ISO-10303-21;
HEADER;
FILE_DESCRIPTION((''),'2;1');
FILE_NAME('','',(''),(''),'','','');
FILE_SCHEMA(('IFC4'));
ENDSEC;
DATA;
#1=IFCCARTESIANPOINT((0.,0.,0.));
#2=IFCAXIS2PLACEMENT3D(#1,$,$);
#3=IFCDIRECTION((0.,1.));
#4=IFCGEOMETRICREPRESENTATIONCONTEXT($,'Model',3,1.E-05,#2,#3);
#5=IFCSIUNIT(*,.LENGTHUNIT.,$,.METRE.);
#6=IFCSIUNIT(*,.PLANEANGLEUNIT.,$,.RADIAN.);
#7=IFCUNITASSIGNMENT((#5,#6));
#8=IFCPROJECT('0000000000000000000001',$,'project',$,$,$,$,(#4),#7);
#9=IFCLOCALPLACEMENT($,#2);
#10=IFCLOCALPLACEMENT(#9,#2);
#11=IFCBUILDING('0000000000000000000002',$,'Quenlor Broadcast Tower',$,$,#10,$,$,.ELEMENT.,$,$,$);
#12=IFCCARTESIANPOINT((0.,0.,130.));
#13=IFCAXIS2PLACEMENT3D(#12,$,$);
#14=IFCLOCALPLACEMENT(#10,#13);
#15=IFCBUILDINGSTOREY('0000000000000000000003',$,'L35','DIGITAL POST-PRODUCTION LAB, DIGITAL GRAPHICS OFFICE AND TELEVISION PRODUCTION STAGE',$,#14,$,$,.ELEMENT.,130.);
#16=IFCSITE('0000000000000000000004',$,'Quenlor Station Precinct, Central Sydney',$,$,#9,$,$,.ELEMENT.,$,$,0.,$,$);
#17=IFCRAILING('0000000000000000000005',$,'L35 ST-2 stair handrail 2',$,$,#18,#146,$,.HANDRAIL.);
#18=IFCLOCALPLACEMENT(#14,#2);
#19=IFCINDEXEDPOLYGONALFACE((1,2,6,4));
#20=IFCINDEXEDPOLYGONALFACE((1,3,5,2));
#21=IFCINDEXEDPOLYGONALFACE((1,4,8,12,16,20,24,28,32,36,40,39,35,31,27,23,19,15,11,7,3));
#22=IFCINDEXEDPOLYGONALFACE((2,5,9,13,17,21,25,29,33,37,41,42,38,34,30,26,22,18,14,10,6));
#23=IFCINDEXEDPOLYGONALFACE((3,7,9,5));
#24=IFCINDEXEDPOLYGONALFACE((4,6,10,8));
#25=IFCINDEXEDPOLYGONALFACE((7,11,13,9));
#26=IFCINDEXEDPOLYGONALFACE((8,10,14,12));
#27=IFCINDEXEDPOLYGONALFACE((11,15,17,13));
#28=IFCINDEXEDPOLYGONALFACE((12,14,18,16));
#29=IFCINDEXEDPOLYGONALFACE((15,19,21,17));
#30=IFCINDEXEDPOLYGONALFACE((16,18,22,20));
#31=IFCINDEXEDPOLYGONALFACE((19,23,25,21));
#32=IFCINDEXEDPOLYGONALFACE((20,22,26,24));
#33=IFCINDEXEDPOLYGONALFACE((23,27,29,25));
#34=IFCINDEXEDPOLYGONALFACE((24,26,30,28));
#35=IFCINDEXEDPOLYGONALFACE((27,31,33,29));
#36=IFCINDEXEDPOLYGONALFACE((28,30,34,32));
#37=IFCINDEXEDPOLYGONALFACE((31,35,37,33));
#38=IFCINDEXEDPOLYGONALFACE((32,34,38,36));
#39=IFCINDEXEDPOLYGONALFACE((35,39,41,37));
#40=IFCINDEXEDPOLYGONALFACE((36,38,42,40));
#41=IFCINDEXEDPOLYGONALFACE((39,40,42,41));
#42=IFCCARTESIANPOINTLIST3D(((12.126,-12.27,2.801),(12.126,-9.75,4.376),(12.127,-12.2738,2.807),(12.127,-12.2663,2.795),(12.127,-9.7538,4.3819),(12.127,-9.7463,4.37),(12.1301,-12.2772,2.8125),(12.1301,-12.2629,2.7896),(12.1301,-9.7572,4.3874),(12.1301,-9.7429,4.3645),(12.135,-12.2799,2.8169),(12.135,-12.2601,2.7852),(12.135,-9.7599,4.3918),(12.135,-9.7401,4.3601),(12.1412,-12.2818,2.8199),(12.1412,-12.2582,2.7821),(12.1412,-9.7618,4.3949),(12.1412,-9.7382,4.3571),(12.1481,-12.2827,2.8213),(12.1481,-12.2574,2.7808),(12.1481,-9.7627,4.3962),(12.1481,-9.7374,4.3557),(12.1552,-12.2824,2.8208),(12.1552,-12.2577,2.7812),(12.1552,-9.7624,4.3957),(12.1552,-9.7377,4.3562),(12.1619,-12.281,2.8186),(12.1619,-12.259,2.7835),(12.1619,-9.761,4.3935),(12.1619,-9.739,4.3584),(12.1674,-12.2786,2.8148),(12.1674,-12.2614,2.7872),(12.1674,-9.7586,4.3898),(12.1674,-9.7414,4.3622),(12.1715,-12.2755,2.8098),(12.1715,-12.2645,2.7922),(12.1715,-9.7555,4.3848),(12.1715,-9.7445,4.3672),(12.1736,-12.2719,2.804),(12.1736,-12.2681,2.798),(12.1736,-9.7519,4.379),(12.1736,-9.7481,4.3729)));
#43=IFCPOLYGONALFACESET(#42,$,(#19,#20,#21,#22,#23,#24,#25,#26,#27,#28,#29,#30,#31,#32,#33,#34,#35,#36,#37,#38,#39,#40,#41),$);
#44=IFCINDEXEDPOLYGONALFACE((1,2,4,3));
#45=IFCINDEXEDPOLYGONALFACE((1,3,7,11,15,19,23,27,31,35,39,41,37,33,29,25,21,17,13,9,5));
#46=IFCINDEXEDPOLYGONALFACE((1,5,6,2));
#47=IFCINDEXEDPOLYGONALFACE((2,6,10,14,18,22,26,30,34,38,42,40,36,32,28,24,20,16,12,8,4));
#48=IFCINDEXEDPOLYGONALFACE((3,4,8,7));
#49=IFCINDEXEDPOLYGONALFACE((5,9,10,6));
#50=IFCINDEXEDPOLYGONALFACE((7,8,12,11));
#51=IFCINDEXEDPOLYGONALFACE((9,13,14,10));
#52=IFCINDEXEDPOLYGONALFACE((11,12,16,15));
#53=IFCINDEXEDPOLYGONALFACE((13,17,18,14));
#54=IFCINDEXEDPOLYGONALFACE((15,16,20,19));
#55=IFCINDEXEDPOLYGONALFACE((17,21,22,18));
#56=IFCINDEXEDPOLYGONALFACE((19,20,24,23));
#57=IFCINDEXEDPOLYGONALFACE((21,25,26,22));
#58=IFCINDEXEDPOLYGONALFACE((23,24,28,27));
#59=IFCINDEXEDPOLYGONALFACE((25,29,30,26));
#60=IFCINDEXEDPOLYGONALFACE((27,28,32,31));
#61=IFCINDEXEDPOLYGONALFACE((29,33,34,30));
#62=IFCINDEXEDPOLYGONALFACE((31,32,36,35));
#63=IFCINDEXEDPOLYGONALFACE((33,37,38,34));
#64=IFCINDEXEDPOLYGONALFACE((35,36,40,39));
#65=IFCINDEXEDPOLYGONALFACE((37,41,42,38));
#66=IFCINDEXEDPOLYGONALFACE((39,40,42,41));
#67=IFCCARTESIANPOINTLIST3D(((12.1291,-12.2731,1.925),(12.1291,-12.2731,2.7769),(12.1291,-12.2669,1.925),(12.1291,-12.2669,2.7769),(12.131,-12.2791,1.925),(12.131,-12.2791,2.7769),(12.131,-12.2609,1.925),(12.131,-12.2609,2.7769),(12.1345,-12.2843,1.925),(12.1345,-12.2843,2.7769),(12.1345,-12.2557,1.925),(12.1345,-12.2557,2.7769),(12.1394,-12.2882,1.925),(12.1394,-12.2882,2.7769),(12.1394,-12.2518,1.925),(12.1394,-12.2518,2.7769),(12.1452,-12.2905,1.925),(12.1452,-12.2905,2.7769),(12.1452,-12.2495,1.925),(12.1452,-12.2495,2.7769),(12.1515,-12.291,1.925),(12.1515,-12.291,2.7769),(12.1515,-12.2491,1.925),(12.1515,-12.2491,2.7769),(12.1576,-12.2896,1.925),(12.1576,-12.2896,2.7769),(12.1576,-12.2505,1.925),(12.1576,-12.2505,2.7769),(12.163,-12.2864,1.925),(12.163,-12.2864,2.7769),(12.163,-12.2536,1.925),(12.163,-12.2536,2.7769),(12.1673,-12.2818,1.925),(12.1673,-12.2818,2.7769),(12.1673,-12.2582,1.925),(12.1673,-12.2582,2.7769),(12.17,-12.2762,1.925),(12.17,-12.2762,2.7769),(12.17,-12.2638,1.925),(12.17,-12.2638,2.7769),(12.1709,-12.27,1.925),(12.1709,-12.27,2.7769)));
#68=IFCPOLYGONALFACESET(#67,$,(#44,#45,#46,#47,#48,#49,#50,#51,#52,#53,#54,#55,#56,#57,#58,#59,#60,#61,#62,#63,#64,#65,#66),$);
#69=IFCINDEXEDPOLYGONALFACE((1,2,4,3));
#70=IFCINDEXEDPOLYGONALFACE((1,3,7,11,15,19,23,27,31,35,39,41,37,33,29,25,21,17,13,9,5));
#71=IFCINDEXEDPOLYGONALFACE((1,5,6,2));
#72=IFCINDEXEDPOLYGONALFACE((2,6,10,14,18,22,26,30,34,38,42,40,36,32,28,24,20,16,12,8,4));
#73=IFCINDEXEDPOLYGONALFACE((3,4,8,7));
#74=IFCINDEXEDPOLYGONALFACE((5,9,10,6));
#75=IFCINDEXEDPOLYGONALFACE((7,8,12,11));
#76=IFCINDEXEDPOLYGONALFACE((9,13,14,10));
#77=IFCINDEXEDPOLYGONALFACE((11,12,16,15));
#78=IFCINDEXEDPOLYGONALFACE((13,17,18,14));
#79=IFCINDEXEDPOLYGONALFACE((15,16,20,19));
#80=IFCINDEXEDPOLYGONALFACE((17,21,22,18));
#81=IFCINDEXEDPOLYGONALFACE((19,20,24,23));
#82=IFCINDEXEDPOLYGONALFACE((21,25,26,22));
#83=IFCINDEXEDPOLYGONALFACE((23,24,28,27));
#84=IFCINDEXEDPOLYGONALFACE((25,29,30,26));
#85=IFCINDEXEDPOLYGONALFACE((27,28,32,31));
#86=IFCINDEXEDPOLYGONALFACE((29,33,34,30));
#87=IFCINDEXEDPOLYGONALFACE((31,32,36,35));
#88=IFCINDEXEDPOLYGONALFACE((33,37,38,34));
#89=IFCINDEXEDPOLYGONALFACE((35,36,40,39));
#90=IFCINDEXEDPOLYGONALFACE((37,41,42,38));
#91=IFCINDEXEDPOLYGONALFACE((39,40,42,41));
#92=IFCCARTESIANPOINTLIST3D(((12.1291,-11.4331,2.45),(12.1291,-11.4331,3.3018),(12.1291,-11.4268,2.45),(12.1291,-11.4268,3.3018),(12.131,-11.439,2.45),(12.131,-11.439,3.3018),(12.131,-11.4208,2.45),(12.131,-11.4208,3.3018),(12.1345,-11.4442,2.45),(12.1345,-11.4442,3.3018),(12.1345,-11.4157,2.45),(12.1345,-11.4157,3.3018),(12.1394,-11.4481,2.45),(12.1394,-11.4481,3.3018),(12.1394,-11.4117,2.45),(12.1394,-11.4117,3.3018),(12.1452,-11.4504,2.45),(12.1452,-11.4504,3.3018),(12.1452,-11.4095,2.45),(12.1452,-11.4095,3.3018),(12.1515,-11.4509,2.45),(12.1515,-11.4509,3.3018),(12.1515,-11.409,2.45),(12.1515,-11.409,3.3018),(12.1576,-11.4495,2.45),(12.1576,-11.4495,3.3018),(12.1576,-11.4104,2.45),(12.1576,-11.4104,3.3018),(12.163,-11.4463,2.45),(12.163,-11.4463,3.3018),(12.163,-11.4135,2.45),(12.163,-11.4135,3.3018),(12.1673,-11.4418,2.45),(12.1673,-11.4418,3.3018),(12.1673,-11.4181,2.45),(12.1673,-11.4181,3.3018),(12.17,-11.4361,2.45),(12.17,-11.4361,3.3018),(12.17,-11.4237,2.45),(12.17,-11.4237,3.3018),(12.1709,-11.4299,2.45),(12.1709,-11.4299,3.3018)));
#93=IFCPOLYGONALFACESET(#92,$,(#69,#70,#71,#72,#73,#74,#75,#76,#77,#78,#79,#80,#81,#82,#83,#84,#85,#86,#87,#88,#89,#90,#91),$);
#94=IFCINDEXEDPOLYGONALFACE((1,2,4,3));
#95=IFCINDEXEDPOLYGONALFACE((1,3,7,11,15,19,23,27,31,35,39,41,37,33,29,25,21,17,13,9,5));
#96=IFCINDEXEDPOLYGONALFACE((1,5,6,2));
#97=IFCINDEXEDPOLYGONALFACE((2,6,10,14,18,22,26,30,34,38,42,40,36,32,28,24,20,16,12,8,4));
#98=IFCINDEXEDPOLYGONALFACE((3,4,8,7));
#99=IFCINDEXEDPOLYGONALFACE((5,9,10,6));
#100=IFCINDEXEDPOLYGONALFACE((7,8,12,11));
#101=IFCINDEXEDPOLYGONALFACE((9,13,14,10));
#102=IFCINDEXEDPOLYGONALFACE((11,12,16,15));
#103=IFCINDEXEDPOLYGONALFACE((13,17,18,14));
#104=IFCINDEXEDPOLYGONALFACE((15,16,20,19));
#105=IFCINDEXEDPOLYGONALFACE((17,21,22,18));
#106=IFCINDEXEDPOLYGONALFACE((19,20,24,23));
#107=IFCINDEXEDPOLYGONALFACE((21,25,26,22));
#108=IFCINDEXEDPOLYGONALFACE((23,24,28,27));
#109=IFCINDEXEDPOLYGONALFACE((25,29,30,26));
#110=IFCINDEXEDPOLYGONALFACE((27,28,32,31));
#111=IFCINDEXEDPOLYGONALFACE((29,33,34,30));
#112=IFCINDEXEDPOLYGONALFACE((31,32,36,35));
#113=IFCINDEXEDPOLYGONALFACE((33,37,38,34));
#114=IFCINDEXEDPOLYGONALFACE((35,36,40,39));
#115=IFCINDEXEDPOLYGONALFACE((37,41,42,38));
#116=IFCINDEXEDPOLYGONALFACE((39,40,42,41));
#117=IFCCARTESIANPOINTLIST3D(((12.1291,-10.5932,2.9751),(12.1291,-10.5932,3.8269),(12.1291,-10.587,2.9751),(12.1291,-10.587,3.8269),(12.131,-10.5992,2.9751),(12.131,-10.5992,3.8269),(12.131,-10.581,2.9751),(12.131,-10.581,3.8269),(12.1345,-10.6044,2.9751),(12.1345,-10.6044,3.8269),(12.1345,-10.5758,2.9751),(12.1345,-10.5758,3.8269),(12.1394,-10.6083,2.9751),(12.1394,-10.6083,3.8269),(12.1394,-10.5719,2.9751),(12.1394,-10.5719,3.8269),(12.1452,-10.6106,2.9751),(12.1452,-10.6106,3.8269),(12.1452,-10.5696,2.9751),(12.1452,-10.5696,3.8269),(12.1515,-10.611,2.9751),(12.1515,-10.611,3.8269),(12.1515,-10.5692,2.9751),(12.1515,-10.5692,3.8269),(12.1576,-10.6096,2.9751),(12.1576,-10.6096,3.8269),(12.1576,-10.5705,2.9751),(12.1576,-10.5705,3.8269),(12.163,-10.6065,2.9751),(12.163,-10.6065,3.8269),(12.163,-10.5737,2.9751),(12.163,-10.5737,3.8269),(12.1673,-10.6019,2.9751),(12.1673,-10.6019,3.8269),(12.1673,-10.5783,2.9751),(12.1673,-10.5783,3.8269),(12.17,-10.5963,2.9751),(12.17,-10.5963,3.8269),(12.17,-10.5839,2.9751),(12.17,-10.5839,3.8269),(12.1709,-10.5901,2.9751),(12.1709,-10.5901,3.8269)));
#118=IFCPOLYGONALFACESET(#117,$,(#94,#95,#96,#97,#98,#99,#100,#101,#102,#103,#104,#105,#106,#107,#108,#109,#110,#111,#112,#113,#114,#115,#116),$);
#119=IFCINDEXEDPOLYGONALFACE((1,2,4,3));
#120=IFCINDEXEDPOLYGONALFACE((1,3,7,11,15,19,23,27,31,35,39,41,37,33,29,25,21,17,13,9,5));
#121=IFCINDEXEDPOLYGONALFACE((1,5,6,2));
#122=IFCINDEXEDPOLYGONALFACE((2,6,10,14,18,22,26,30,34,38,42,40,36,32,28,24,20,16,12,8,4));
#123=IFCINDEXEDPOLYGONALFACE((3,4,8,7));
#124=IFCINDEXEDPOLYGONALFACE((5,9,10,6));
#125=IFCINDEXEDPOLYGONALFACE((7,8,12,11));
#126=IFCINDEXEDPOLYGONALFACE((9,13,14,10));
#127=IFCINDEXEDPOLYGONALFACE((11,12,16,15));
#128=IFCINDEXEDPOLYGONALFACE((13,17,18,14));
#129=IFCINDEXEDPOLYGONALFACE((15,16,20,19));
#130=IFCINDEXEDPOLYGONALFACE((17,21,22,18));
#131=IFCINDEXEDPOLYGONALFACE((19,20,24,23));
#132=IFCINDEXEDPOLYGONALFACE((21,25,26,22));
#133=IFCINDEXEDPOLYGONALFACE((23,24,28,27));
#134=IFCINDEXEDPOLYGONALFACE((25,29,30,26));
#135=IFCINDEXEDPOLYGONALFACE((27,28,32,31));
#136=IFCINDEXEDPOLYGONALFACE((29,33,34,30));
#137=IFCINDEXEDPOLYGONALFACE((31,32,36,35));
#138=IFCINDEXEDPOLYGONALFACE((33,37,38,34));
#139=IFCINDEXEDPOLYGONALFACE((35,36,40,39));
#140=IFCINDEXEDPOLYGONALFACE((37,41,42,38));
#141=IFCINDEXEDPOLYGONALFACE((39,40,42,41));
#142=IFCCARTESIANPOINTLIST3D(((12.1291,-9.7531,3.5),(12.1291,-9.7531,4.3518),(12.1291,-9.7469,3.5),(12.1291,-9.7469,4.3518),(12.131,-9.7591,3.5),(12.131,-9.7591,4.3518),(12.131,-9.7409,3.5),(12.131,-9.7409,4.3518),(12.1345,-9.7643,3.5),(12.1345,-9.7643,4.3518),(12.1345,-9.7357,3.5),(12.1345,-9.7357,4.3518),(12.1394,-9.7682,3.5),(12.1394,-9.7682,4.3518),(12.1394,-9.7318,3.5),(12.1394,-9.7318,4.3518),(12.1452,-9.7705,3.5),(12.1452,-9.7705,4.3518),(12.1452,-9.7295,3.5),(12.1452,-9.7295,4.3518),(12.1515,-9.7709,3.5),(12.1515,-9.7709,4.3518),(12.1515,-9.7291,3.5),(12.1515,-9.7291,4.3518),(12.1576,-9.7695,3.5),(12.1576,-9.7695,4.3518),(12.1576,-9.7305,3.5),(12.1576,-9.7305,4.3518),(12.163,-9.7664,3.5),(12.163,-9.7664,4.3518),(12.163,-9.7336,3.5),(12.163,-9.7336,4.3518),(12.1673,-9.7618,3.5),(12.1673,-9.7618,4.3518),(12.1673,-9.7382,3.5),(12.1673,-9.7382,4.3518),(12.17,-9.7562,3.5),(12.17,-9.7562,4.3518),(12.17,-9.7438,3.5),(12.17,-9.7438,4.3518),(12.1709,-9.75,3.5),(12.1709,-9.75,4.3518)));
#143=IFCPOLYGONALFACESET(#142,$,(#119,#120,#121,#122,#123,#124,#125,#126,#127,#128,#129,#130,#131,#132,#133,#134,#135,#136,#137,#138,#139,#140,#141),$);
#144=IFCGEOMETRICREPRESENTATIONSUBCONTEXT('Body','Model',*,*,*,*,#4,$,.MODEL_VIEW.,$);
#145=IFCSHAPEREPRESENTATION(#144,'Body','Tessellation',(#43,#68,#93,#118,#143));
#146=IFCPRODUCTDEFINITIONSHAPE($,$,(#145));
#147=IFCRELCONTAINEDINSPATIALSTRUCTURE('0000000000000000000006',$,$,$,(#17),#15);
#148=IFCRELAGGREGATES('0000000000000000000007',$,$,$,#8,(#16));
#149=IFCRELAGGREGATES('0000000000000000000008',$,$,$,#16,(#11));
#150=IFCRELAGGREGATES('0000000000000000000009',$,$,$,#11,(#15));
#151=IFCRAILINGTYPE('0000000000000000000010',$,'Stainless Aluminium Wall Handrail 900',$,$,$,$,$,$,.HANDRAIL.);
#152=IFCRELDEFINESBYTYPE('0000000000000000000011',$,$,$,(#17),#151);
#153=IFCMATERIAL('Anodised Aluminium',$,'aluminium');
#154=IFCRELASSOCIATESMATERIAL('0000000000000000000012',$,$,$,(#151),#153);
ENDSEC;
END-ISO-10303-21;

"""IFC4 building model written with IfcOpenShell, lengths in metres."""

from ifc_helpers import new_model, si_unit, direction, frame, origin, origin_2d, place, context, subcontext, project, spatial, circle, extrude, material, type_object, element, save


model = new_model("IFC4")

# Units and contexts
model_context = context("Model", 3, precision=1e-05, world=origin(), true_north=direction((0.0, 1.0)))
body_context = subcontext(model_context, "Body", "Model", "MODEL_VIEW")
ifc_project = project(units=[si_unit("LENGTHUNIT", "METRE"), si_unit("PLANEANGLEUNIT", "RADIAN")], contexts=[model_context])

# Site, building, storey
site_placement = place(None, origin())
site = spatial("IfcSite", under=ifc_project, at=site_placement, Name="Quenlor Station Precinct, Central Sydney", CompositionType="ELEMENT", RefElevation=0.0)
building_placement = place(site_placement, origin())
building = spatial("IfcBuilding", under=site, at=building_placement, Name="Quenlor Broadcast Tower", CompositionType="ELEMENT")
storey_placement = place(building_placement, frame((0.0, 0.0, 130.0)))
storey = spatial("IfcBuildingStorey", under=building, at=storey_placement, Name="L35", Description="DIGITAL POST-PRODUCTION LAB, DIGITAL GRAPHICS OFFICE AND TELEVISION PRODUCTION STAGE", CompositionType="ELEMENT", Elevation=130.0)

# Railing
ifc_material_1 = material(Name="Anodised Aluminium", Category="aluminium")
railing_type_1 = type_object("IfcRailingType", Name="Stainless Aluminium Wall Handrail 900", PredefinedType="HANDRAIL", material=ifc_material_1)
railing_1_placement = place(storey_placement, frame((12.1499, -12.27, 1.925)))
element("IfcRailing", 1, at=railing_1_placement, inside=storey, type_object=railing_type_1, Name="L35 ST-2 stair handrail 2", PredefinedType="HANDRAIL", context=body_context, shape_type="SweptSolid", body=[
    extrude(circle(Radius=0.0239, at=origin_2d()), frame((0.0, 0.0, 0.876), z_axis=(0.0, 0.848008, 0.529984), x_axis=(-1.0, 0.0, 0.0)), (0.0, 0.0, 1.0), 2.9717),
    extrude(circle(Radius=0.021, at=origin_2d()), origin(), (0.0, 0.0, 1.0), 0.8518),
    extrude(circle(Radius=0.021, at=origin_2d()), frame((0.0, 0.8401, 0.5249)), (0.0, 0.0, 1.0), 0.8518),
    extrude(circle(Radius=0.021, at=origin_2d()), frame((0.0, 1.6799, 1.05)), (0.0, 0.0, 1.0), 0.8518),
    extrude(circle(Radius=0.021, at=origin_2d()), frame((0.0, 2.52, 1.575)), (0.0, 0.0, 1.0), 0.8518),
])

save(model, "model.ifc")
